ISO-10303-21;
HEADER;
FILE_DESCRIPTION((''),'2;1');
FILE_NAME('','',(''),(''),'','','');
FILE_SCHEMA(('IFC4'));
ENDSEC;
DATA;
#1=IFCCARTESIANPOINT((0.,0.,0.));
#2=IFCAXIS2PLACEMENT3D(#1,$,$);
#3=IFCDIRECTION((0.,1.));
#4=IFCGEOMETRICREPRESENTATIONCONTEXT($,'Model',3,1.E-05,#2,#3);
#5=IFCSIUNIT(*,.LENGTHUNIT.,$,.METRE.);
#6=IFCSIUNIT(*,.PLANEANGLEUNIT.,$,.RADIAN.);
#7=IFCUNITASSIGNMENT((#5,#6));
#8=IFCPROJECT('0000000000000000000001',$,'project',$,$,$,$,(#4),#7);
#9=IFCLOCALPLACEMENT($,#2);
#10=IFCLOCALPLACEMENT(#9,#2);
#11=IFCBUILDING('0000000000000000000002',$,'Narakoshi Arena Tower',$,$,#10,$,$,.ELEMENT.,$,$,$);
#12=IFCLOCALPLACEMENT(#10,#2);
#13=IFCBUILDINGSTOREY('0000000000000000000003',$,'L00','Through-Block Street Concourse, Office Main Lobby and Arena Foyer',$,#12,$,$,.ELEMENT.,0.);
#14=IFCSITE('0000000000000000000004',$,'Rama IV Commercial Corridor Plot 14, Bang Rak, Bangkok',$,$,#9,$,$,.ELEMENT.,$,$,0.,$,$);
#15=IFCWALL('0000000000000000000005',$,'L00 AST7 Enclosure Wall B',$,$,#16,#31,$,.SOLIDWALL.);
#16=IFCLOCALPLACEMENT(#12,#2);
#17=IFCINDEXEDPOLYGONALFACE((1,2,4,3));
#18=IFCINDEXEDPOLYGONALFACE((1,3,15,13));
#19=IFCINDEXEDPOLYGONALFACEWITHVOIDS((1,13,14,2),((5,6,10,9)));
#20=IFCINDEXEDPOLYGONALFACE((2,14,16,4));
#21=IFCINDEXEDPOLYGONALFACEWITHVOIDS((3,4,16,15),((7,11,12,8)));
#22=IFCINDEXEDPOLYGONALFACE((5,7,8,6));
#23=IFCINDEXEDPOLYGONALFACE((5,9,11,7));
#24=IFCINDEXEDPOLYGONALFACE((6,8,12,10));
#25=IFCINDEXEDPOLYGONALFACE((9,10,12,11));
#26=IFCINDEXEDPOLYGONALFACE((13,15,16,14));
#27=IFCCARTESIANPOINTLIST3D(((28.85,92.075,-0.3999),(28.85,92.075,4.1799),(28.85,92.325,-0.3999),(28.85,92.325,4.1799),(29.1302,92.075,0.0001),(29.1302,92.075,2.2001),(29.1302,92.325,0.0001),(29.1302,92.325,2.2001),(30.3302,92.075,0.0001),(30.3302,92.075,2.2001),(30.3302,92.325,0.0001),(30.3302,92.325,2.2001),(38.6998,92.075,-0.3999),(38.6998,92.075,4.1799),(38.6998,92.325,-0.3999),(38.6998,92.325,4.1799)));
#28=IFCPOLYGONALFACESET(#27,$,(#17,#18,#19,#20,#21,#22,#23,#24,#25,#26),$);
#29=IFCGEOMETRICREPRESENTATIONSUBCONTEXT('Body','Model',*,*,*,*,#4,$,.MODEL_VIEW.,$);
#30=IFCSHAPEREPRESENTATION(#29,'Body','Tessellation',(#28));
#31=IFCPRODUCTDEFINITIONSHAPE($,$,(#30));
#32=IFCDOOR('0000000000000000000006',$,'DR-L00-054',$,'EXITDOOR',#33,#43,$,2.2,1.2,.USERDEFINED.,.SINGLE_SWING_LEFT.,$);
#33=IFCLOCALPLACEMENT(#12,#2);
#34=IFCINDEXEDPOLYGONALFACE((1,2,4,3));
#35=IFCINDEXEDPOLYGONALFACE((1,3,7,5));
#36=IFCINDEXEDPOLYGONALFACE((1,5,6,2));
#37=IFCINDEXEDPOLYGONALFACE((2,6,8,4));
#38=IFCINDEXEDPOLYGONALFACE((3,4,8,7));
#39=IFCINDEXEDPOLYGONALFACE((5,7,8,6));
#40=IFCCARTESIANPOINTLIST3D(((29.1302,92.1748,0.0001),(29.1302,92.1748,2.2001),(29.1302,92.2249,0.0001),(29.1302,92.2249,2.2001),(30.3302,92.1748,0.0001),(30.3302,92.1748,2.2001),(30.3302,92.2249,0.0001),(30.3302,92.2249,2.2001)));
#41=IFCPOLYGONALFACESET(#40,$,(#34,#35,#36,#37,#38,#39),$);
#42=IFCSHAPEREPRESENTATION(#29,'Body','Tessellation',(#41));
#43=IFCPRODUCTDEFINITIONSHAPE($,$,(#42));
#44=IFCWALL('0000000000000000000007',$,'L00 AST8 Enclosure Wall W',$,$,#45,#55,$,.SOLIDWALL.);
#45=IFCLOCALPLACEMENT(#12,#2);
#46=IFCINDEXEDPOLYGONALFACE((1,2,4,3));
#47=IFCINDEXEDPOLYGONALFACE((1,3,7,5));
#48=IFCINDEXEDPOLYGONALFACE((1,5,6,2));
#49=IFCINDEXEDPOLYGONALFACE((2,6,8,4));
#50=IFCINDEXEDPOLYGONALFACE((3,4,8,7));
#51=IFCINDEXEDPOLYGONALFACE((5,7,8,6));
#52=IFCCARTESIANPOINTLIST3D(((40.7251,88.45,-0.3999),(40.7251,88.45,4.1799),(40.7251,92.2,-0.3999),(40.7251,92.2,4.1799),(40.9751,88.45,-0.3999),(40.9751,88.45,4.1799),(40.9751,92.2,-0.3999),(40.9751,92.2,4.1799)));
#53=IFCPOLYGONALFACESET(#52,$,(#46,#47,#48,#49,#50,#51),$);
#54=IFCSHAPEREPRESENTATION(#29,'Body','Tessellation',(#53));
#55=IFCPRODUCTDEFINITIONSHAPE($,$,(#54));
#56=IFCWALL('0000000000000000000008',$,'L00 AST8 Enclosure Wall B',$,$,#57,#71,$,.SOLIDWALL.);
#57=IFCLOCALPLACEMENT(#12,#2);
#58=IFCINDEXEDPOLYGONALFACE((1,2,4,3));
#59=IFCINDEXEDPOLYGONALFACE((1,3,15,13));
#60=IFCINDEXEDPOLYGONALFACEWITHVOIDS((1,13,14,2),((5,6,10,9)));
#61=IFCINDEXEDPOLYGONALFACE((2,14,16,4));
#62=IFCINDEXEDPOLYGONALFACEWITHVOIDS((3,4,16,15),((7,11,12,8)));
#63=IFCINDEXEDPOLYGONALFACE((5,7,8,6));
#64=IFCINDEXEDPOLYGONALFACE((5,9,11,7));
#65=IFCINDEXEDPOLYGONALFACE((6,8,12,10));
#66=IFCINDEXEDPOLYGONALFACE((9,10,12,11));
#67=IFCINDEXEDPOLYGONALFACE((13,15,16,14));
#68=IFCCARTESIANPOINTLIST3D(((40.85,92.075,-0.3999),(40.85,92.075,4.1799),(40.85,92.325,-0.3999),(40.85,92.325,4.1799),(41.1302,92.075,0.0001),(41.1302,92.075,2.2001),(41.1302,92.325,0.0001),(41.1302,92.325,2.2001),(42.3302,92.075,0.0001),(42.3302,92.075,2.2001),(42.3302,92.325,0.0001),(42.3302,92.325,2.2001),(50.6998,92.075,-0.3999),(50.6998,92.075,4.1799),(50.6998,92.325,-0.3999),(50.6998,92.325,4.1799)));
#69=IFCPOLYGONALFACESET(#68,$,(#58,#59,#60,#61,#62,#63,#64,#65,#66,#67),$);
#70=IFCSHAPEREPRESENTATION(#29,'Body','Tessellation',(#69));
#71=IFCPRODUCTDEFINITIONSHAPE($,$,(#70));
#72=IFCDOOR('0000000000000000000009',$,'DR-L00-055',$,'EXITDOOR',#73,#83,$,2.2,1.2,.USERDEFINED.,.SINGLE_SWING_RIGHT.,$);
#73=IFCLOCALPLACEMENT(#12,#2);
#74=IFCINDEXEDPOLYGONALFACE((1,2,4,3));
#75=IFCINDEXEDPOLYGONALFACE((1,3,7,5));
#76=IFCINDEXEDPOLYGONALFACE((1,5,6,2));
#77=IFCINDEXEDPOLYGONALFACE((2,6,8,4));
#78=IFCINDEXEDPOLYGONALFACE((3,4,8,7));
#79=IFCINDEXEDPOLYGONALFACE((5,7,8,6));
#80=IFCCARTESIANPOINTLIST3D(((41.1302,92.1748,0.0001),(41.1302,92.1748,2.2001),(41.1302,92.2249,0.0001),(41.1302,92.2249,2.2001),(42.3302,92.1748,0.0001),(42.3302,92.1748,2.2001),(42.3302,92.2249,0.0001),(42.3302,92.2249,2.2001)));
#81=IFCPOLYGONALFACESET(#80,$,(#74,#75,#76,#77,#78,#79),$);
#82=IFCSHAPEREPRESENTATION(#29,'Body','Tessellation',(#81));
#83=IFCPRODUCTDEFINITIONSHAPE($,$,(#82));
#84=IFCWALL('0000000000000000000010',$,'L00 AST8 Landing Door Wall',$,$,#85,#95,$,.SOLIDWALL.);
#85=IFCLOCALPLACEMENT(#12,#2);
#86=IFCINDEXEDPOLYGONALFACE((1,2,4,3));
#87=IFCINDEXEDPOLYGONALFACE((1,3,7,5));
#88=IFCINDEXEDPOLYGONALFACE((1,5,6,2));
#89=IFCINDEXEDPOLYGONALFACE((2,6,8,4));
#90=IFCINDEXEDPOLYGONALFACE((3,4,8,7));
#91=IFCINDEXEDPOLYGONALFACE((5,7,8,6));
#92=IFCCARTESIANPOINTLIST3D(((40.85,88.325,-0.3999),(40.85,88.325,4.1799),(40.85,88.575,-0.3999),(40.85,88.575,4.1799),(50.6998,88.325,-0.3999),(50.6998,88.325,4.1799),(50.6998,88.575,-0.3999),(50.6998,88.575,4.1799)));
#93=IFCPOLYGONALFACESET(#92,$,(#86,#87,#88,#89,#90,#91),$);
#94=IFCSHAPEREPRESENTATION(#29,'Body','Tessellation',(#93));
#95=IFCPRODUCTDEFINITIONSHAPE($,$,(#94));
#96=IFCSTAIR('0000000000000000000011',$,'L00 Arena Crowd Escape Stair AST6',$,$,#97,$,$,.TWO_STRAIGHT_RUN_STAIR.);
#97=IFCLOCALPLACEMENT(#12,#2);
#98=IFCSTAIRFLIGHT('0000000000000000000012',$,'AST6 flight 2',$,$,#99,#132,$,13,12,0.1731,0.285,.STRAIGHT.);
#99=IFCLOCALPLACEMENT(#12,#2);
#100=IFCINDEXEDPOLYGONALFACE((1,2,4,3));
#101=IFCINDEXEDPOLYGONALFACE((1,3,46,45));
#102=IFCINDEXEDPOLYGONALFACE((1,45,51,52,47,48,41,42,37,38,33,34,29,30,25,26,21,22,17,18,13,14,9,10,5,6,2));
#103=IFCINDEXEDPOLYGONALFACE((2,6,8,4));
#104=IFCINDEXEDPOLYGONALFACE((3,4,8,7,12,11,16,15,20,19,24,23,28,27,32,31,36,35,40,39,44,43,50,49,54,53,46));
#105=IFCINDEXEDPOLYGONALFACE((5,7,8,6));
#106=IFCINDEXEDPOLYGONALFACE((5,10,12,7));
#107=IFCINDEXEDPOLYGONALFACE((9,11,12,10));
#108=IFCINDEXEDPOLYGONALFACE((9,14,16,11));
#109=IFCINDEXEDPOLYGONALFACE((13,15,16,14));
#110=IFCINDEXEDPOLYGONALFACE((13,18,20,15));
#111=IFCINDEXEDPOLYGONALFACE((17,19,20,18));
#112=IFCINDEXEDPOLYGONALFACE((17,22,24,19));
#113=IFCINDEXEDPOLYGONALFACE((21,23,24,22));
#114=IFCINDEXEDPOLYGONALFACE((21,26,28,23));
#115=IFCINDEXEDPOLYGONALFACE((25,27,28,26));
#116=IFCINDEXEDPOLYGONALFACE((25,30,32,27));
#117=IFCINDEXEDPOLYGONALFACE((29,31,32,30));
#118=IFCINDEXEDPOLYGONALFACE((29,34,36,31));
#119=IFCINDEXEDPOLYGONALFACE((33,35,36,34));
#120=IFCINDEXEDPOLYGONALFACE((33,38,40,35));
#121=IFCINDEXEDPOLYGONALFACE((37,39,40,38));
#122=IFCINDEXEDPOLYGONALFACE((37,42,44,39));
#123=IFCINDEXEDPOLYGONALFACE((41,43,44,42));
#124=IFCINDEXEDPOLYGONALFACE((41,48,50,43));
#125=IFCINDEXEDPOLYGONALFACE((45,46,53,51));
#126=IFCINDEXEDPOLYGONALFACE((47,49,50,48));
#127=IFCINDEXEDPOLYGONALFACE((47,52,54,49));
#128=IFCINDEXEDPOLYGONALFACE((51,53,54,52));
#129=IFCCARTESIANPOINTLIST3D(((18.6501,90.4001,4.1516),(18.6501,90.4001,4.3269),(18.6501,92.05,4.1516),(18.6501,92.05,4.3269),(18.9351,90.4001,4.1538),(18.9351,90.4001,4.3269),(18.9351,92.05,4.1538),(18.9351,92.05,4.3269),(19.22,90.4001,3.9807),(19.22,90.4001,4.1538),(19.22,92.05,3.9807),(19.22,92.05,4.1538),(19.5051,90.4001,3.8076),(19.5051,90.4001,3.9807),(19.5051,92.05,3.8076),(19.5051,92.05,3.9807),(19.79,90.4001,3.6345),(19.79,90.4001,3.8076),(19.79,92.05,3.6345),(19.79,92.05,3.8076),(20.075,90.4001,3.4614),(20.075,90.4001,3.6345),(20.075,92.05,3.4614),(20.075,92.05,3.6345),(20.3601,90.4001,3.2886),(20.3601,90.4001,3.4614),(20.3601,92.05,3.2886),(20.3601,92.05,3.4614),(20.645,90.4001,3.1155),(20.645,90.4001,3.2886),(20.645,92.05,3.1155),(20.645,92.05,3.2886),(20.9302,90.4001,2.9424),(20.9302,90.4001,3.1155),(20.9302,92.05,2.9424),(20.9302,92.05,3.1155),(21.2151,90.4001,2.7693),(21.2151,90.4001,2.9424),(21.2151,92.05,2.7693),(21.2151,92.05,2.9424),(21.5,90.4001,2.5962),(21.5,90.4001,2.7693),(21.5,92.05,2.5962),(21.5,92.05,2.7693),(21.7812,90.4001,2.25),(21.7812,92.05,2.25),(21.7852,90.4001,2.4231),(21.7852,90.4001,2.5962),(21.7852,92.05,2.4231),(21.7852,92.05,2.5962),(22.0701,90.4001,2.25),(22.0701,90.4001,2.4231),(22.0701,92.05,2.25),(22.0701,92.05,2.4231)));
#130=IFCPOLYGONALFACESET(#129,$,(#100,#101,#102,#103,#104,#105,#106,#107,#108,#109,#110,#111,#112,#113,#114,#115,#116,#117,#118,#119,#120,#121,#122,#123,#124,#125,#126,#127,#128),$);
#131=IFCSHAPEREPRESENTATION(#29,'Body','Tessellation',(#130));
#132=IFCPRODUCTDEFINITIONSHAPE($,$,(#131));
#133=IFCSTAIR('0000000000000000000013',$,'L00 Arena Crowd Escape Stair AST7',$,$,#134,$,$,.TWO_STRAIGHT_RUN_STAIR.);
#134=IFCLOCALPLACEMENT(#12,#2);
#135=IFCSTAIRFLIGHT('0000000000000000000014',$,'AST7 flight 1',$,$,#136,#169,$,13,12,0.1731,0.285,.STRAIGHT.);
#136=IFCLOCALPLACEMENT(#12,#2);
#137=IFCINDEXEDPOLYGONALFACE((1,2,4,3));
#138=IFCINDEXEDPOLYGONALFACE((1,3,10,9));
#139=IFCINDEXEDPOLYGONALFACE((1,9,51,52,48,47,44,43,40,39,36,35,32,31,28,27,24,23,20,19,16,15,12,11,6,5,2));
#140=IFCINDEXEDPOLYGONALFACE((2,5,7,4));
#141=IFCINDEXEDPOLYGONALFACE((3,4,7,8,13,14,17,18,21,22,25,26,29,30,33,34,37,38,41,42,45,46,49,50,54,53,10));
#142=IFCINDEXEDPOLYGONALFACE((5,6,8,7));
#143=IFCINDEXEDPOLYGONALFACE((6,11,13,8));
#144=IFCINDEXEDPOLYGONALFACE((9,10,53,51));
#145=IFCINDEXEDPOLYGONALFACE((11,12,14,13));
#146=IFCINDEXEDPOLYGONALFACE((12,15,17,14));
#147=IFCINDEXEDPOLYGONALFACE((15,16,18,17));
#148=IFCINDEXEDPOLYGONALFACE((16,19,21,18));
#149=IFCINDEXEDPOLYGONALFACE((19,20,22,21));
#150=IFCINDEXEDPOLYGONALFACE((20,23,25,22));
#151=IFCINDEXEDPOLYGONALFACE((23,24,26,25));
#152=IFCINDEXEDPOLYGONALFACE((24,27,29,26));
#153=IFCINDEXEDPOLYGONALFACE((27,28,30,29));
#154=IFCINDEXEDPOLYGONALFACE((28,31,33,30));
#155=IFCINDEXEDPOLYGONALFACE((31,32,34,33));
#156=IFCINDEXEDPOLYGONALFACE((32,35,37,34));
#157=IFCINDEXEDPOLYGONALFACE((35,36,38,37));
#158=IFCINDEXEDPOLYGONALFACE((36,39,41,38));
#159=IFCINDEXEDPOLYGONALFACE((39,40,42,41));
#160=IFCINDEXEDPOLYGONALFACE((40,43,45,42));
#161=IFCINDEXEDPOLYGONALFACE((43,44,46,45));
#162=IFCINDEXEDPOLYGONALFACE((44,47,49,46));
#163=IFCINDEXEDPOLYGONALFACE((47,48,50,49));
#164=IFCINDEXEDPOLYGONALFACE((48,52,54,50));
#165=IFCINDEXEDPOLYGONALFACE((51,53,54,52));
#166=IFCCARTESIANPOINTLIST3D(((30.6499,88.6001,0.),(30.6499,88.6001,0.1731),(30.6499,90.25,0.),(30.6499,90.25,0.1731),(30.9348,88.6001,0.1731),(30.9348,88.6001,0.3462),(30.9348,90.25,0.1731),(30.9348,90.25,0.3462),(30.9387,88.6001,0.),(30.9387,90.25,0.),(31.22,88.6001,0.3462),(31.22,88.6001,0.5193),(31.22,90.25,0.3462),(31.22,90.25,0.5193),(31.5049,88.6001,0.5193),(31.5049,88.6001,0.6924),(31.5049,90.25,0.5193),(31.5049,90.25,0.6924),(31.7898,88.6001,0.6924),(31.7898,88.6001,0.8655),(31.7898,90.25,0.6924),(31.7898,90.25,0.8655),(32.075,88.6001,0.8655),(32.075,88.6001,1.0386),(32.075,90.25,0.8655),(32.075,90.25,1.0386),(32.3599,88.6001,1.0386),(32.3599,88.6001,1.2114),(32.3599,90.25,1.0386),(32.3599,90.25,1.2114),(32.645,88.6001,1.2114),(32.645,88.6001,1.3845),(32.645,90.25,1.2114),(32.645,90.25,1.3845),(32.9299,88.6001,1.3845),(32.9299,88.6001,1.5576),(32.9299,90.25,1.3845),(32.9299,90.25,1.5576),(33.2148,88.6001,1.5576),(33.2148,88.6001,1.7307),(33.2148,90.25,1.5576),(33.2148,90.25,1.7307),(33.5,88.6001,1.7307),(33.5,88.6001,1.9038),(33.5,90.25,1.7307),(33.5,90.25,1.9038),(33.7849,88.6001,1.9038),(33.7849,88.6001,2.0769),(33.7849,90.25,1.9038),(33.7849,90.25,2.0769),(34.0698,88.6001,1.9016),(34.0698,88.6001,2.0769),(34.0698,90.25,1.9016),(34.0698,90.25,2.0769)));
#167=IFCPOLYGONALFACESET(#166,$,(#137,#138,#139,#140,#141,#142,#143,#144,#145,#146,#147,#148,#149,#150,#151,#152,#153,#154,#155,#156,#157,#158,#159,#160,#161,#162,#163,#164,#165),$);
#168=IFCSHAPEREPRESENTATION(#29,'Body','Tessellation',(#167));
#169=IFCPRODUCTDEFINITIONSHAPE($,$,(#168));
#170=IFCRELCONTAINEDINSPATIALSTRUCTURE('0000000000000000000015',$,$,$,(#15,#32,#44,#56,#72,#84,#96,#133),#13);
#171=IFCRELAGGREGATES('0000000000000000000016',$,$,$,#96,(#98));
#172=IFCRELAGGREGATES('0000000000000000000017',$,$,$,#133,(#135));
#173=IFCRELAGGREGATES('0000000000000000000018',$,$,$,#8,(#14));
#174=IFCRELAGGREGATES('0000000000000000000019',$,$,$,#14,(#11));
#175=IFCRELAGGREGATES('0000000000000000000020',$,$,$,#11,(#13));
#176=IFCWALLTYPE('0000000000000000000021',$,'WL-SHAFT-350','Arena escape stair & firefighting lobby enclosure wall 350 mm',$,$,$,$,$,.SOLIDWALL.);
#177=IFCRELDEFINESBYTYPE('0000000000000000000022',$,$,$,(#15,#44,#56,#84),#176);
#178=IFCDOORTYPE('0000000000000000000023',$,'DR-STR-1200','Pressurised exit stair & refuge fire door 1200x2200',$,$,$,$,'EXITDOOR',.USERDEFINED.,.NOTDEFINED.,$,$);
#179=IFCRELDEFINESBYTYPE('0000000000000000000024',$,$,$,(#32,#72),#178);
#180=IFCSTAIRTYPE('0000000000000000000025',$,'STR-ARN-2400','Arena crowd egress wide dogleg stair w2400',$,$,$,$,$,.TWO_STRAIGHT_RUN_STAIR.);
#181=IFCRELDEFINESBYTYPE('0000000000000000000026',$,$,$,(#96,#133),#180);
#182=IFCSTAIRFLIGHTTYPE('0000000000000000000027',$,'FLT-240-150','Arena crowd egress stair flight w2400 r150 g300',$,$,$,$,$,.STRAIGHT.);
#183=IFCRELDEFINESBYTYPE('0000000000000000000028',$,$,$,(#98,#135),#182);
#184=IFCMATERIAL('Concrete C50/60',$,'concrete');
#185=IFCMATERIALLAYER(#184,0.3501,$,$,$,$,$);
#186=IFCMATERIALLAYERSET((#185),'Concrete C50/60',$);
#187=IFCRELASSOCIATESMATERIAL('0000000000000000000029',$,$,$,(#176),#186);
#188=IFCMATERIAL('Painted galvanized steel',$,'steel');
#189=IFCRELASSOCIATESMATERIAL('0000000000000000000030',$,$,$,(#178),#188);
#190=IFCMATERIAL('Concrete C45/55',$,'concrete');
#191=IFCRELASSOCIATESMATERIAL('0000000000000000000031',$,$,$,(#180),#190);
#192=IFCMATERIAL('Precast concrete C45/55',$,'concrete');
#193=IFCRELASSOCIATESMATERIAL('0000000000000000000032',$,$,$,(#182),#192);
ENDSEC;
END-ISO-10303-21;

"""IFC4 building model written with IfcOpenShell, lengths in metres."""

from ifc_helpers import new_model, si_unit, direction, frame, frame_2d, origin, place, context, subcontext, project, spatial, polyline, rectangle, outline, extrude, material, layer, layer_set, type_object, element, fill, aggregate, save


model = new_model("IFC4")

# Units and contexts
model_context = context("Model", 3, precision=1e-05, world=origin(), true_north=direction((0.0, 1.0)))
body_context = subcontext(model_context, "Body", "Model", "MODEL_VIEW")
ifc_project = project(units=[si_unit("LENGTHUNIT", "METRE"), si_unit("PLANEANGLEUNIT", "RADIAN")], contexts=[model_context])

# Site, building, storey
site_placement = place(None, origin())
site = spatial("IfcSite", under=ifc_project, at=site_placement, Name="Rama IV Commercial Corridor Plot 14, Bang Rak, Bangkok", CompositionType="ELEMENT", RefElevation=0.0)
building_placement = place(site_placement, origin())
building = spatial("IfcBuilding", under=site, at=building_placement, Name="Narakoshi Arena Tower", CompositionType="ELEMENT")
storey_placement = place(building_placement, origin())
storey = spatial("IfcBuildingStorey", under=building, at=storey_placement, Name="L00", Description="Through-Block Street Concourse, Office Main Lobby and Arena Foyer", CompositionType="ELEMENT", Elevation=0.0)

# Wall, opening, door
ifc_material_1 = material(Name="Concrete C50/60", Category="concrete")
ifc_layer = layer(ifc_material_1, 0.3501)
ifc_layer_set = layer_set([ifc_layer], Name="Concrete C50/60")
wall_type = type_object("IfcWallType", Name="WL-SHAFT-350", Description="Arena escape stair & firefighting lobby enclosure wall 350 mm", PredefinedType="SOLIDWALL", material=ifc_layer_set)
wall_1_placement = place(storey_placement, frame((28.8501, 92.2, -0.3999), z_axis=(0.0, 0.0, 1.0), x_axis=(1.0, 0.0, 0.0)))
wall_1 = element("IfcWall", 1, at=wall_1_placement, inside=storey, type_object=wall_type, Name="L00 AST7 Enclosure Wall B", PredefinedType="SOLIDWALL", context=body_context, shape_type="SweptSolid", body=[
    extrude(rectangle(XDim=9.8499, YDim=0.25, at=frame_2d((4.9248, 0.0))), origin(), (0.0, 0.0, 1.0), 4.5798),
])
opening_1_placement = place(wall_1_placement, frame((0.28, 0.0, 0.3999)))
opening_1 = element("IfcOpeningElement", 2, at=opening_1_placement, cuts=wall_1, PredefinedType="OPENING", context=body_context, shape_type="SweptSolid", body=[
    extrude(rectangle(XDim=1.2, YDim=2.2, at=frame_2d((0.6001, 1.1001))), frame((0.0, 0.135, 0.0), z_axis=(0.0, -1.0, 0.0), x_axis=(1.0, 0.0, 0.0)), (0.0, 0.0, 1.0), 0.27),
])
ifc_material_2 = material(Name="Painted galvanized steel", Category="steel")
door_type = type_object("IfcDoorType", Name="DR-STR-1200", Description="Pressurised exit stair & refuge fire door 1200x2200", ElementType="EXITDOOR", OperationType="NOTDEFINED", PredefinedType="USERDEFINED", material=ifc_material_2)
door_1_placement = place(opening_1_placement, origin())
door_1 = element("IfcDoor", 3, at=door_1_placement, inside=storey, type_object=door_type, Name="DR-L00-054", ObjectType="EXITDOOR", OperationType="SINGLE_SWING_LEFT", OverallHeight=2.2, OverallWidth=1.2, PredefinedType="USERDEFINED", context=body_context, shape_type="SweptSolid", body=[
    extrude(rectangle(XDim=1.2, YDim=2.2, at=frame_2d((0.6001, 1.1001))), frame((0.0, 0.0249, 0.0), z_axis=(0.0, -1.0, 0.0), x_axis=(1.0, 0.0, 0.0)), (0.0, 0.0, 1.0), 0.05),
])
fill(opening_1, door_1)

# Wall
wall_2_placement = place(storey_placement, frame((40.8501, 88.45, -0.3999), z_axis=(0.0, 0.0, 1.0), x_axis=(0.0, 1.0, 0.0)))
element("IfcWall", 4, at=wall_2_placement, inside=storey, type_object=wall_type, Name="L00 AST8 Enclosure Wall W", PredefinedType="SOLIDWALL", context=body_context, shape_type="SweptSolid", body=[
    extrude(rectangle(XDim=3.75, YDim=0.25, at=frame_2d((1.875, 0.0))), origin(), (0.0, 0.0, 1.0), 4.5798),
])

# Wall, opening, door
wall_3_placement = place(storey_placement, frame((40.8501, 92.2, -0.3999), z_axis=(0.0, 0.0, 1.0), x_axis=(1.0, 0.0, 0.0)))
wall_3 = element("IfcWall", 5, at=wall_3_placement, inside=storey, type_object=wall_type, Name="L00 AST8 Enclosure Wall B", PredefinedType="SOLIDWALL", context=body_context, shape_type="SweptSolid", body=[
    extrude(rectangle(XDim=9.8499, YDim=0.25, at=frame_2d((4.9248, 0.0))), origin(), (0.0, 0.0, 1.0), 4.5798),
])
opening_2_placement = place(wall_3_placement, frame((0.28, 0.0, 0.3999)))
opening_2 = element("IfcOpeningElement", 6, at=opening_2_placement, cuts=wall_3, PredefinedType="OPENING", context=body_context, shape_type="SweptSolid", body=[
    extrude(rectangle(XDim=1.2, YDim=2.2, at=frame_2d((0.6001, 1.1001))), frame((0.0, 0.135, 0.0), z_axis=(0.0, -1.0, 0.0), x_axis=(1.0, 0.0, 0.0)), (0.0, 0.0, 1.0), 0.27),
])
door_2_placement = place(opening_2_placement, origin())
door_2 = element("IfcDoor", 7, at=door_2_placement, inside=storey, type_object=door_type, Name="DR-L00-055", ObjectType="EXITDOOR", OperationType="SINGLE_SWING_RIGHT", OverallHeight=2.2, OverallWidth=1.2, PredefinedType="USERDEFINED", context=body_context, shape_type="SweptSolid", body=[
    extrude(rectangle(XDim=1.2, YDim=2.2, at=frame_2d((0.6001, 1.1001))), frame((0.0, 0.0249, 0.0), z_axis=(0.0, -1.0, 0.0), x_axis=(1.0, 0.0, 0.0)), (0.0, 0.0, 1.0), 0.05),
])
fill(opening_2, door_2)

# Wall
wall_4_placement = place(storey_placement, frame((40.8501, 88.45, -0.3999), z_axis=(0.0, 0.0, 1.0), x_axis=(1.0, 0.0, 0.0)))
element("IfcWall", 8, at=wall_4_placement, inside=storey, type_object=wall_type, Name="L00 AST8 Landing Door Wall", PredefinedType="SOLIDWALL", context=body_context, shape_type="SweptSolid", body=[
    extrude(rectangle(XDim=9.8499, YDim=0.25, at=frame_2d((4.9248, 0.0))), origin(), (0.0, 0.0, 1.0), 4.5798),
])

# Stair, stair flight
ifc_material_3 = material(Name="Concrete C45/55", Category="concrete")
stair_type = type_object("IfcStairType", Name="STR-ARN-2400", Description="Arena crowd egress wide dogleg stair w2400", PredefinedType="TWO_STRAIGHT_RUN_STAIR", material=ifc_material_3)
stair_1_placement = place(storey_placement, origin())
stair_1 = element("IfcStair", 9, at=stair_1_placement, inside=storey, type_object=stair_type, Name="L00 Arena Crowd Escape Stair AST6", PredefinedType="TWO_STRAIGHT_RUN_STAIR")
ifc_material_4 = material(Name="Precast concrete C45/55", Category="concrete")
stair_flight_type = type_object("IfcStairFlightType", Name="FLT-240-150", Description="Arena crowd egress stair flight w2400 r150 g300", PredefinedType="STRAIGHT", material=ifc_material_4)
stair_flight_1_placement = place(storey_placement, frame((22.0701, 91.2251, 2.25), z_axis=(0.0, 0.0, 1.0), x_axis=(-1.0, 0.0, 0.0)))
stair_flight_1 = element("IfcStairFlight", 10, at=stair_flight_1_placement, type_object=stair_flight_type, Name="AST6 flight 2", NumberOfRisers=13, NumberOfTreads=12, PredefinedType="STRAIGHT", RiserHeight=0.1731, TreadLength=0.285, context=body_context, shape_type="SweptSolid", body=[
    extrude(outline(polyline([(0.0, 0.0), (0.0, 0.1731), (0.2849, 0.1731), (0.2849, 0.3462), (0.5701, 0.3462), (0.5701, 0.5193), (0.855, 0.5193), (0.855, 0.6924), (1.1399, 0.6924), (1.1399, 0.8655), (1.425, 0.8655), (1.425, 1.0386), (1.71, 1.0386), (1.71, 1.2114), (1.9951, 1.2114), (1.9951, 1.3845), (2.28, 1.3845), (2.28, 1.5576), (2.5649, 1.5576), (2.5649, 1.7307), (2.8501, 1.7307), (2.8501, 1.9038), (3.135, 1.9038), (3.135, 2.0769), (3.4199, 2.0769), (3.4199, 2.25), (3.4199, 1.9016), (0.2888, 0.0), (0.0, 0.0)])), frame((0.0, 0.825, 0.0), z_axis=(0.0, -1.0, 0.0), x_axis=(1.0, 0.0, 0.0)), (0.0, 0.0, 1.0), 1.6499),
])
aggregate(stair_1, [stair_flight_1])

# Stair, stair flight
stair_2_placement = place(storey_placement, origin())
stair_2 = element("IfcStair", 11, at=stair_2_placement, inside=storey, type_object=stair_type, Name="L00 Arena Crowd Escape Stair AST7", PredefinedType="TWO_STRAIGHT_RUN_STAIR")
stair_flight_2_placement = place(storey_placement, frame((30.6499, 89.425, 0.0), z_axis=(0.0, 0.0, 1.0), x_axis=(1.0, 0.0, 0.0)))
stair_flight_2 = element("IfcStairFlight", 12, at=stair_flight_2_placement, type_object=stair_flight_type, Name="AST7 flight 1", NumberOfRisers=13, NumberOfTreads=12, PredefinedType="STRAIGHT", RiserHeight=0.1731, TreadLength=0.285, context=body_context, shape_type="SweptSolid", body=[
    extrude(outline(polyline([(0.0, 0.0), (0.0, 0.1731), (0.2849, 0.1731), (0.2849, 0.3462), (0.5701, 0.3462), (0.5701, 0.5193), (0.855, 0.5193), (0.855, 0.6924), (1.1399, 0.6924), (1.1399, 0.8655), (1.425, 0.8655), (1.425, 1.0386), (1.71, 1.0386), (1.71, 1.2114), (1.9951, 1.2114), (1.9951, 1.3845), (2.28, 1.3845), (2.28, 1.5576), (2.5649, 1.5576), (2.5649, 1.7307), (2.8501, 1.7307), (2.8501, 1.9038), (3.135, 1.9038), (3.135, 2.0769), (3.4199, 2.0769), (3.4199, 2.25), (3.4199, 1.9016), (0.2888, 0.0), (0.0, 0.0)])), frame((0.0, 0.825, 0.0), z_axis=(0.0, -1.0, 0.0), x_axis=(1.0, 0.0, 0.0)), (0.0, 0.0, 1.0), 1.6499),
])
aggregate(stair_2, [stair_flight_2])

save(model, "model.ifc")
